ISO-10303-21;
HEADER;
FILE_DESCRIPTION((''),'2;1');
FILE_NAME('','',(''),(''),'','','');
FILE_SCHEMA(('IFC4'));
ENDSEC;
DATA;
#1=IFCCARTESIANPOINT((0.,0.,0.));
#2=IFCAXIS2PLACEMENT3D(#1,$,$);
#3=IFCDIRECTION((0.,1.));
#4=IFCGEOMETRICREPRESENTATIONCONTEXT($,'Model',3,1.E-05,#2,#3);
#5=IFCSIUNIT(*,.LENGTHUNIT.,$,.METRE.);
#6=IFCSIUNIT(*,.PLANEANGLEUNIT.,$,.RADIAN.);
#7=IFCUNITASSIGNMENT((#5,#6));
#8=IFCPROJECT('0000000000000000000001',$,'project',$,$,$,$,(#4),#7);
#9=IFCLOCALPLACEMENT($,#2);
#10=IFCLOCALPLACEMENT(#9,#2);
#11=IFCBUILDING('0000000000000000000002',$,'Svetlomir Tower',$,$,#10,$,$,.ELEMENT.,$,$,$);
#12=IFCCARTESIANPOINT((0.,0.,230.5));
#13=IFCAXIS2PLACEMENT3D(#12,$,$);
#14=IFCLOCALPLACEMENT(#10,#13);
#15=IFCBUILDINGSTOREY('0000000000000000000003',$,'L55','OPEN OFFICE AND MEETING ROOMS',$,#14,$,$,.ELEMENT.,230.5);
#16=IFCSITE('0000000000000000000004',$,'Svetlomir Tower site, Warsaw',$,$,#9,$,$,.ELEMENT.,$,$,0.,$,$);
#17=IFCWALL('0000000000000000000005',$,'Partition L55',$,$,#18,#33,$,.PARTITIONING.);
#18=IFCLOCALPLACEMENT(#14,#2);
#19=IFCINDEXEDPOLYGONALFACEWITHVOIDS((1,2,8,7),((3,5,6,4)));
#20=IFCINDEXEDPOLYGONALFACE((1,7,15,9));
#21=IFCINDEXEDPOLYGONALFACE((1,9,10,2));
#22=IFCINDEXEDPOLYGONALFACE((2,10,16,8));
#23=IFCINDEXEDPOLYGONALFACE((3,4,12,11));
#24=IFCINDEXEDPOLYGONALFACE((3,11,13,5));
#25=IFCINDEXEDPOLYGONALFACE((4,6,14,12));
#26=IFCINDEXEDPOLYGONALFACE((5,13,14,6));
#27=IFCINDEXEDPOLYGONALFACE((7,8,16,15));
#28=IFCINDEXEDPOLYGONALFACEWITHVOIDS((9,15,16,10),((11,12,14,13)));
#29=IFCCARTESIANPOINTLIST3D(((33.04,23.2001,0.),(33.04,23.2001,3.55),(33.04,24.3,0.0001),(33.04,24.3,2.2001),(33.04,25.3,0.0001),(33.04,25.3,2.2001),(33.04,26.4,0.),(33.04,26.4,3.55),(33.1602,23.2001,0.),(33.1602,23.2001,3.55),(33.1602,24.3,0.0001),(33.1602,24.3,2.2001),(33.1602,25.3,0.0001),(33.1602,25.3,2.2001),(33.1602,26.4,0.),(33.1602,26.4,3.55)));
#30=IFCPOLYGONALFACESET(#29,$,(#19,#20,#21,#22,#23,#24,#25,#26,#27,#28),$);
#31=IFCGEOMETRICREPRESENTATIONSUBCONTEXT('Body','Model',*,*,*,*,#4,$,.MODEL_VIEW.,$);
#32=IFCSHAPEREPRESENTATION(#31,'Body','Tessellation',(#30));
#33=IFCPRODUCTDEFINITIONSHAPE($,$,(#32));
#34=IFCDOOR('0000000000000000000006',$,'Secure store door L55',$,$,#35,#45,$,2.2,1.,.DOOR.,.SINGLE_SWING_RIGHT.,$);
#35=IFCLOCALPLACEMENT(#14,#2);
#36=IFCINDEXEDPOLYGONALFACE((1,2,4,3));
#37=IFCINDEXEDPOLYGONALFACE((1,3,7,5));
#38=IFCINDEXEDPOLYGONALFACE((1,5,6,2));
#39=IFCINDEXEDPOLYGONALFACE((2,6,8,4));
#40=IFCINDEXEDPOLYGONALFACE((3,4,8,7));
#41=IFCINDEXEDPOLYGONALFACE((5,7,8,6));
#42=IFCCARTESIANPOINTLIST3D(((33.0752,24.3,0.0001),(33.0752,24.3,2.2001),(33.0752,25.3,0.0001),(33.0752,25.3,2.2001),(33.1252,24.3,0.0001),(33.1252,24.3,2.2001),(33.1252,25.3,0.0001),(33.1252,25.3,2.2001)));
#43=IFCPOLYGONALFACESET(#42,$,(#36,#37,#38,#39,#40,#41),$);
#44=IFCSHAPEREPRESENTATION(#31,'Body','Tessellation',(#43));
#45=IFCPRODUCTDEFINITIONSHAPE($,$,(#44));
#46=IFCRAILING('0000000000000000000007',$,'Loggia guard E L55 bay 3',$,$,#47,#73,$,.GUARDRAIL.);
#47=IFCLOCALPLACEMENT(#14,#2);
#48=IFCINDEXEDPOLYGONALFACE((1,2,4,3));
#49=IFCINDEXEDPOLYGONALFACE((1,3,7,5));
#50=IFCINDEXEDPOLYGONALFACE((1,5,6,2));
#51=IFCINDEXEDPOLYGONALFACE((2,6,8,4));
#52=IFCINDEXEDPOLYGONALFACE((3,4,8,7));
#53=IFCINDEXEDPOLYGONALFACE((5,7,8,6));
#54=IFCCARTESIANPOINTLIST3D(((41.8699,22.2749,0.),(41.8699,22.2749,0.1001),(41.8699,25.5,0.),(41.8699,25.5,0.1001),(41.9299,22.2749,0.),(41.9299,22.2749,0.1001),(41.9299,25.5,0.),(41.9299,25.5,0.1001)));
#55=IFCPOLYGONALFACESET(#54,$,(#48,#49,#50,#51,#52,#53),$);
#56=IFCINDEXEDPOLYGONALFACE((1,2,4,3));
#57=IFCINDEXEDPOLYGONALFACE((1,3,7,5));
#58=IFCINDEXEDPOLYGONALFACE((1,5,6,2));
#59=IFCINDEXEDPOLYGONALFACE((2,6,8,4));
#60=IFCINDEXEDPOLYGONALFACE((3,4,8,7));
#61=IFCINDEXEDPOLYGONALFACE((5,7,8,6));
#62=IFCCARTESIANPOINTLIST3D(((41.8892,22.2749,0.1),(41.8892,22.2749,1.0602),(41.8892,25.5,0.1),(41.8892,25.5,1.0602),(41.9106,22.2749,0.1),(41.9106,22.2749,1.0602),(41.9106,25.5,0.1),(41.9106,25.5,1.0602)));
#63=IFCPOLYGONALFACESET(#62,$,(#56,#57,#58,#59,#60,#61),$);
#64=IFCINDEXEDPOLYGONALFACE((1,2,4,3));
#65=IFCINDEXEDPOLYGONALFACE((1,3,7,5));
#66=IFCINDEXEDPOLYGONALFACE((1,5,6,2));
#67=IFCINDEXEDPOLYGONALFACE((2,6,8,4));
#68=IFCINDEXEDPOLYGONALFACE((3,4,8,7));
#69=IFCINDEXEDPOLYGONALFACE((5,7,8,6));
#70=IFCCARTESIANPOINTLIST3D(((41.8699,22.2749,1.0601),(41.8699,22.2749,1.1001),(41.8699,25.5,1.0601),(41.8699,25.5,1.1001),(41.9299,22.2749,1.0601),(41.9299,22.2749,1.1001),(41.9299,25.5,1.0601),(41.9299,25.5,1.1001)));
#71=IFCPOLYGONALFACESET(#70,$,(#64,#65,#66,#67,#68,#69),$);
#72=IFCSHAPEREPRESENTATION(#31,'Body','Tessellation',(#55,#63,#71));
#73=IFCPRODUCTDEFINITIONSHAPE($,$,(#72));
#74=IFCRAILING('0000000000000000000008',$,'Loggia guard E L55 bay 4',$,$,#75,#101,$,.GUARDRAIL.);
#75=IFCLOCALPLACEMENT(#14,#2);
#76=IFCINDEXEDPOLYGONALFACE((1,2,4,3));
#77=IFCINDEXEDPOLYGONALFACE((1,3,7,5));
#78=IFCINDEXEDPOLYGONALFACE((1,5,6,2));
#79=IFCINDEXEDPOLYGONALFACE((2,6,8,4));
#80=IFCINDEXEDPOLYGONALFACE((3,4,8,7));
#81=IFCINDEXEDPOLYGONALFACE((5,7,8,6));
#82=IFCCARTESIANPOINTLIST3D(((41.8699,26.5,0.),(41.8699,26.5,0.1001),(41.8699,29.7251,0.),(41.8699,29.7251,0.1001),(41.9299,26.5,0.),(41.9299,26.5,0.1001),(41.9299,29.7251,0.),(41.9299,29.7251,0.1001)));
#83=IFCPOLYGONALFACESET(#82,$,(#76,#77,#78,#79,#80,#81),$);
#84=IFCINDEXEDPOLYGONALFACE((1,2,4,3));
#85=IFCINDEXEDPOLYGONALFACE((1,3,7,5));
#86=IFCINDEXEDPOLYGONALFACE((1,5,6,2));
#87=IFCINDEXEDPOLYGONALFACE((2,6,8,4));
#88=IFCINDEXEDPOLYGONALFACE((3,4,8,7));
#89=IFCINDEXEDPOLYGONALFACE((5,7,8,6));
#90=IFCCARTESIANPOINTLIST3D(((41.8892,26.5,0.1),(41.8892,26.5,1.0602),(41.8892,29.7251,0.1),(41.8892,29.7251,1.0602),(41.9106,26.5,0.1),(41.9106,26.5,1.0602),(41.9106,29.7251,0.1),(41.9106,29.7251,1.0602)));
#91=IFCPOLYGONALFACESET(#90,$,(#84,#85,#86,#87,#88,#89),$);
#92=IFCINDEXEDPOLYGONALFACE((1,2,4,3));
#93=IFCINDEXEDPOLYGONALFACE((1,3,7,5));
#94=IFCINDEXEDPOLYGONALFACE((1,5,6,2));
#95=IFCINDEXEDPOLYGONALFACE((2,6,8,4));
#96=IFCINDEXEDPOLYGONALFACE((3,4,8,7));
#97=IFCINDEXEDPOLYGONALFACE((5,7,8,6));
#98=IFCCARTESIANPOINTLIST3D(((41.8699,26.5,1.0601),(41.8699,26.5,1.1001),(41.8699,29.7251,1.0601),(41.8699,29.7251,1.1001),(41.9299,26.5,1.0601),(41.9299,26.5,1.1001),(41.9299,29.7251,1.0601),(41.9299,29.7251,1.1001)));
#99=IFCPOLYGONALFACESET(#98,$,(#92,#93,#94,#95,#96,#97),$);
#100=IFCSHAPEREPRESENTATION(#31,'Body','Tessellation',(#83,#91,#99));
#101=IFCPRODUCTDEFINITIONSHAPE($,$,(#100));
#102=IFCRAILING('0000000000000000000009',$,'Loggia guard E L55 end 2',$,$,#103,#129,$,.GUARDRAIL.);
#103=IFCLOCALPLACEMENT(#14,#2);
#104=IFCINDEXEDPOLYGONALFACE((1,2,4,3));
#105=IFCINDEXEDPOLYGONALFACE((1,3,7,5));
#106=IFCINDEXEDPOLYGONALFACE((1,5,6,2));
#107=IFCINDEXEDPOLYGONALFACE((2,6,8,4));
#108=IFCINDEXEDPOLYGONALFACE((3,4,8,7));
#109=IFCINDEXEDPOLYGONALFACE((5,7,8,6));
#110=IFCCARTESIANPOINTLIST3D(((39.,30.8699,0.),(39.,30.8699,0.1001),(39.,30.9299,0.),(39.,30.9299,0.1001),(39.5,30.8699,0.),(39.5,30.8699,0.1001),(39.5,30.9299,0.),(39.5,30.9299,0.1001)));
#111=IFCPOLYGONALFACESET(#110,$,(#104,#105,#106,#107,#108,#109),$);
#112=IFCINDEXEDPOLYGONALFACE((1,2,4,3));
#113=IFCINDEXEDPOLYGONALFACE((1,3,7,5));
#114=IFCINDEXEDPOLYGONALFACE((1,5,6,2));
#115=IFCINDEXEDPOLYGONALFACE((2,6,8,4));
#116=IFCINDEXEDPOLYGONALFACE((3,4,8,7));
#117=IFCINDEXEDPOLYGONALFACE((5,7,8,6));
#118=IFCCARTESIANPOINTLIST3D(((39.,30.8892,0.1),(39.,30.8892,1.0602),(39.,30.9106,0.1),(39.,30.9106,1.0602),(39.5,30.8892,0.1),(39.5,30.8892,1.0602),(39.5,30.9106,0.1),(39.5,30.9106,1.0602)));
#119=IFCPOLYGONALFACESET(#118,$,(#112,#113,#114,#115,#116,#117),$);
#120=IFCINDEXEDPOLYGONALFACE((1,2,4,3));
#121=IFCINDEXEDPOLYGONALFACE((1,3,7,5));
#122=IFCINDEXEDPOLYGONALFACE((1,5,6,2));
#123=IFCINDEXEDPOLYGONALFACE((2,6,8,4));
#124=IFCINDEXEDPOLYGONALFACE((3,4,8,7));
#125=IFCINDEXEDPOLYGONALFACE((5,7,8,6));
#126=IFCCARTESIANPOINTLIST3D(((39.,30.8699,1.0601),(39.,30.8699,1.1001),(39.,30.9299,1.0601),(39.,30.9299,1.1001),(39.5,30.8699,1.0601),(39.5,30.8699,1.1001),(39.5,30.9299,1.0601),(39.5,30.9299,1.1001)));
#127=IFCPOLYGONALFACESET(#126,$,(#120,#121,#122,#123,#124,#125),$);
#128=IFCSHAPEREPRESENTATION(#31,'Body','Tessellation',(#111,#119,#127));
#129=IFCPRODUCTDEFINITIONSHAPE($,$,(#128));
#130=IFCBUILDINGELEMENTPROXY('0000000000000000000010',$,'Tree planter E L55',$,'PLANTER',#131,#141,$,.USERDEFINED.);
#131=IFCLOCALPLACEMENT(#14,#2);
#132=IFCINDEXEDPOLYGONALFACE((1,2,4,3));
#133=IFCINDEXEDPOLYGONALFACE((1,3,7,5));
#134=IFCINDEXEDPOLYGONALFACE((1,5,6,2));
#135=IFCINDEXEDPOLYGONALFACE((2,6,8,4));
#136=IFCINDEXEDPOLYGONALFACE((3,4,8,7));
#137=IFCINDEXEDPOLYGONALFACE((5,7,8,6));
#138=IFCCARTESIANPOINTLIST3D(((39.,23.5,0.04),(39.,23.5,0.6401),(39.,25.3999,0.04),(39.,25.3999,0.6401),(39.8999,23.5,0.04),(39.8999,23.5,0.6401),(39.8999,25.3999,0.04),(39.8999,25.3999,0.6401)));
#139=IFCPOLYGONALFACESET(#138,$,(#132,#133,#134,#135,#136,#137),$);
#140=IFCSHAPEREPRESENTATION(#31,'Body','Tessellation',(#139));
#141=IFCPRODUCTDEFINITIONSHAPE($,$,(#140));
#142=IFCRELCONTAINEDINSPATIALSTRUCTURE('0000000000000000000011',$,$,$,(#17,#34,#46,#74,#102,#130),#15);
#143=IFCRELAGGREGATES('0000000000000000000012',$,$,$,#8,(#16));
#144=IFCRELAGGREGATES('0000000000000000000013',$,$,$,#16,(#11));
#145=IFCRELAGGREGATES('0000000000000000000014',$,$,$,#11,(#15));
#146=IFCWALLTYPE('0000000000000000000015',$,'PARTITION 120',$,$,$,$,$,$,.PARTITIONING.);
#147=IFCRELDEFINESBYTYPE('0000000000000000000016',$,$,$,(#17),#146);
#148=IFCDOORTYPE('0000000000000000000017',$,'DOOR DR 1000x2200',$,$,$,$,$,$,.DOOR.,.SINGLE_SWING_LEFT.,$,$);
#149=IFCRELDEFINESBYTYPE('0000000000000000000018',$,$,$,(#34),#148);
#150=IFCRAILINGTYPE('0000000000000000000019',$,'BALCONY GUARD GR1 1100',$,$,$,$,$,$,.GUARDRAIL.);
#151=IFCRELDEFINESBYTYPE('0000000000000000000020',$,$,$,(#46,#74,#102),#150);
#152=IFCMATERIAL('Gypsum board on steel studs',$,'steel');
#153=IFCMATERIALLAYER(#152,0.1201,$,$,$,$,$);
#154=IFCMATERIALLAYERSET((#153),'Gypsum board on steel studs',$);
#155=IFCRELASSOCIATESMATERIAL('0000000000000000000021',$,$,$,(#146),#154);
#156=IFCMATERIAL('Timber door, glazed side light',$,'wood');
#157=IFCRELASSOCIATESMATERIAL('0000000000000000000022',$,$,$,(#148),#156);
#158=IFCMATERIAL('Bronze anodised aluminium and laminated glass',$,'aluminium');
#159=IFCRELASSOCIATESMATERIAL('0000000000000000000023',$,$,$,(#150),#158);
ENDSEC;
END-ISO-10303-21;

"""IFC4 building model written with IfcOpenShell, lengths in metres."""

from ifc_helpers import new_model, si_unit, direction, frame, frame_2d, origin, origin_2d, place, context, subcontext, project, spatial, rectangle, extrude, material, layer, layer_set, type_object, element, fill, save


model = new_model("IFC4")

# Units and contexts
model_context = context("Model", 3, precision=1e-05, world=origin(), true_north=direction((0.0, 1.0)))
body_context = subcontext(model_context, "Body", "Model", "MODEL_VIEW")
ifc_project = project(units=[si_unit("LENGTHUNIT", "METRE"), si_unit("PLANEANGLEUNIT", "RADIAN")], contexts=[model_context])

# Site, building, storey
site_placement = place(None, origin())
site = spatial("IfcSite", under=ifc_project, at=site_placement, Name="Svetlomir Tower site, Warsaw", CompositionType="ELEMENT", RefElevation=0.0)
building_placement = place(site_placement, origin())
building = spatial("IfcBuilding", under=site, at=building_placement, Name="Svetlomir Tower", CompositionType="ELEMENT")
storey_placement = place(building_placement, frame((0.0, 0.0, 230.5)))
storey = spatial("IfcBuildingStorey", under=building, at=storey_placement, Name="L55", Description="OPEN OFFICE AND MEETING ROOMS", CompositionType="ELEMENT", Elevation=230.5)

# Wall, opening, door
ifc_material_1 = material(Name="Gypsum board on steel studs", Category="steel")
ifc_layer_1 = layer(ifc_material_1, 0.1201)
ifc_layer_set_1 = layer_set([ifc_layer_1], Name="Gypsum board on steel studs")
wall_type_1 = type_object("IfcWallType", Name="PARTITION 120", PredefinedType="PARTITIONING", material=ifc_layer_set_1)
wall_1_placement = place(storey_placement, frame((33.1001, 23.2, 0.0), z_axis=(0.0, 0.0, 1.0), x_axis=(0.0, 1.0, 0.0)))
wall_1 = element("IfcWall", 1, at=wall_1_placement, inside=storey, type_object=wall_type_1, Name="Partition L55", PredefinedType="PARTITIONING", context=body_context, shape_type="SweptSolid", body=[
    extrude(rectangle(XDim=3.2, YDim=0.1201, at=frame_2d((1.6001, 0.0))), origin(), (0.0, 0.0, 1.0), 3.55),
])
opening_1_placement = place(wall_1_placement, frame((1.1001, 0.0, 0.0)))
opening_1 = element("IfcOpeningElement", 2, at=opening_1_placement, cuts=wall_1, PredefinedType="OPENING", context=body_context, shape_type="SweptSolid", body=[
    extrude(rectangle(XDim=1.0, YDim=2.2, at=frame_2d((0.5, 1.1001))), frame((0.0, 0.0701, 0.0), z_axis=(0.0, -1.0, 0.0), x_axis=(1.0, 0.0, 0.0)), (0.0, 0.0, 1.0), 0.1401),
])
ifc_material_2 = material(Name="Timber door, glazed side light", Category="wood")
door_type_1 = type_object("IfcDoorType", Name="DOOR DR 1000x2200", OperationType="SINGLE_SWING_LEFT", PredefinedType="DOOR", material=ifc_material_2)
door_1_placement = place(opening_1_placement, origin())
door_1 = element("IfcDoor", 3, at=door_1_placement, inside=storey, type_object=door_type_1, Name="Secure store door L55", OperationType="SINGLE_SWING_RIGHT", OverallHeight=2.2, OverallWidth=1.0, PredefinedType="DOOR", context=body_context, shape_type="SweptSolid", body=[
    extrude(rectangle(XDim=1.0, YDim=2.2, at=frame_2d((0.5, 1.1001))), frame((0.0, 0.0249, 0.0), z_axis=(0.0, -1.0, 0.0), x_axis=(1.0, 0.0, 0.0)), (0.0, 0.0, 1.0), 0.05),
])
fill(opening_1, door_1)

# Railings
ifc_material_3 = material(Name="Bronze anodised aluminium and laminated glass", Category="aluminium")
railing_type = type_object("IfcRailingType", Name="BALCONY GUARD GR1 1100", PredefinedType="GUARDRAIL", material=ifc_material_3)
for number, where, name in (
    (4, (41.8999, 22.2749, 0.0), "Loggia guard E L55 bay 3"),
    (5, (41.8999, 26.5, 0.0), "Loggia guard E L55 bay 4"),
):
    element("IfcRailing", number, at=place(storey_placement, frame(where)), inside=storey, type_object=railing_type, Name=name, PredefinedType="GUARDRAIL", context=body_context, shape_type="SweptSolid", body=[
        extrude(rectangle(XDim=0.0601, YDim=0.1001, at=origin_2d()), frame((0.0, 0.0, 0.05), z_axis=(0.0, 1.0, 0.0), x_axis=(-1.0, 0.0, 0.0)), (0.0, 0.0, 1.0), 3.2251),
        extrude(rectangle(XDim=0.0215, YDim=0.9602, at=origin_2d()), frame((0.0, 0.0, 0.5801), z_axis=(0.0, 1.0, 0.0), x_axis=(-1.0, 0.0, 0.0)), (0.0, 0.0, 1.0), 3.2251),
        extrude(rectangle(XDim=0.0601, YDim=0.04, at=origin_2d()), frame((0.0, 0.0, 1.0801), z_axis=(0.0, 1.0, 0.0), x_axis=(-1.0, 0.0, 0.0)), (0.0, 0.0, 1.0), 3.2251),
    ])
railing_placement = place(storey_placement, frame((39.5, 30.8999, 0.0)))
element("IfcRailing", 6, at=railing_placement, inside=storey, type_object=railing_type, Name="Loggia guard E L55 end 2", PredefinedType="GUARDRAIL", context=body_context, shape_type="SweptSolid", body=[
    extrude(rectangle(XDim=0.0601, YDim=0.1001, at=origin_2d()), frame((0.0, 0.0, 0.05), z_axis=(-1.0, 0.0, 0.0), x_axis=(0.0, -1.0, 0.0)), (0.0, 0.0, 1.0), 0.5),
    extrude(rectangle(XDim=0.0215, YDim=0.9602, at=origin_2d()), frame((0.0, 0.0, 0.5801), z_axis=(-1.0, 0.0, 0.0), x_axis=(0.0, -1.0, 0.0)), (0.0, 0.0, 1.0), 0.5),
    extrude(rectangle(XDim=0.0601, YDim=0.04, at=origin_2d()), frame((0.0, 0.0, 1.0801), z_axis=(-1.0, 0.0, 0.0), x_axis=(0.0, -1.0, 0.0)), (0.0, 0.0, 1.0), 0.5),
])

# Building element proxy
proxy_placement = place(storey_placement, frame((39.45, 24.45, 0.04), z_axis=(0.0, 0.0, 1.0), x_axis=(1.0, 0.0, 0.0)))
element("IfcBuildingElementProxy", 7, at=proxy_placement, inside=storey, Name="Tree planter E L55", ObjectType="PLANTER", PredefinedType="USERDEFINED", context=body_context, shape_type="SweptSolid", body=[
    extrude(rectangle(XDim=0.8999, YDim=1.8999, at=origin_2d()), origin(), (0.0, 0.0, 1.0), 0.6001),
])

save(model, "model.ifc")
